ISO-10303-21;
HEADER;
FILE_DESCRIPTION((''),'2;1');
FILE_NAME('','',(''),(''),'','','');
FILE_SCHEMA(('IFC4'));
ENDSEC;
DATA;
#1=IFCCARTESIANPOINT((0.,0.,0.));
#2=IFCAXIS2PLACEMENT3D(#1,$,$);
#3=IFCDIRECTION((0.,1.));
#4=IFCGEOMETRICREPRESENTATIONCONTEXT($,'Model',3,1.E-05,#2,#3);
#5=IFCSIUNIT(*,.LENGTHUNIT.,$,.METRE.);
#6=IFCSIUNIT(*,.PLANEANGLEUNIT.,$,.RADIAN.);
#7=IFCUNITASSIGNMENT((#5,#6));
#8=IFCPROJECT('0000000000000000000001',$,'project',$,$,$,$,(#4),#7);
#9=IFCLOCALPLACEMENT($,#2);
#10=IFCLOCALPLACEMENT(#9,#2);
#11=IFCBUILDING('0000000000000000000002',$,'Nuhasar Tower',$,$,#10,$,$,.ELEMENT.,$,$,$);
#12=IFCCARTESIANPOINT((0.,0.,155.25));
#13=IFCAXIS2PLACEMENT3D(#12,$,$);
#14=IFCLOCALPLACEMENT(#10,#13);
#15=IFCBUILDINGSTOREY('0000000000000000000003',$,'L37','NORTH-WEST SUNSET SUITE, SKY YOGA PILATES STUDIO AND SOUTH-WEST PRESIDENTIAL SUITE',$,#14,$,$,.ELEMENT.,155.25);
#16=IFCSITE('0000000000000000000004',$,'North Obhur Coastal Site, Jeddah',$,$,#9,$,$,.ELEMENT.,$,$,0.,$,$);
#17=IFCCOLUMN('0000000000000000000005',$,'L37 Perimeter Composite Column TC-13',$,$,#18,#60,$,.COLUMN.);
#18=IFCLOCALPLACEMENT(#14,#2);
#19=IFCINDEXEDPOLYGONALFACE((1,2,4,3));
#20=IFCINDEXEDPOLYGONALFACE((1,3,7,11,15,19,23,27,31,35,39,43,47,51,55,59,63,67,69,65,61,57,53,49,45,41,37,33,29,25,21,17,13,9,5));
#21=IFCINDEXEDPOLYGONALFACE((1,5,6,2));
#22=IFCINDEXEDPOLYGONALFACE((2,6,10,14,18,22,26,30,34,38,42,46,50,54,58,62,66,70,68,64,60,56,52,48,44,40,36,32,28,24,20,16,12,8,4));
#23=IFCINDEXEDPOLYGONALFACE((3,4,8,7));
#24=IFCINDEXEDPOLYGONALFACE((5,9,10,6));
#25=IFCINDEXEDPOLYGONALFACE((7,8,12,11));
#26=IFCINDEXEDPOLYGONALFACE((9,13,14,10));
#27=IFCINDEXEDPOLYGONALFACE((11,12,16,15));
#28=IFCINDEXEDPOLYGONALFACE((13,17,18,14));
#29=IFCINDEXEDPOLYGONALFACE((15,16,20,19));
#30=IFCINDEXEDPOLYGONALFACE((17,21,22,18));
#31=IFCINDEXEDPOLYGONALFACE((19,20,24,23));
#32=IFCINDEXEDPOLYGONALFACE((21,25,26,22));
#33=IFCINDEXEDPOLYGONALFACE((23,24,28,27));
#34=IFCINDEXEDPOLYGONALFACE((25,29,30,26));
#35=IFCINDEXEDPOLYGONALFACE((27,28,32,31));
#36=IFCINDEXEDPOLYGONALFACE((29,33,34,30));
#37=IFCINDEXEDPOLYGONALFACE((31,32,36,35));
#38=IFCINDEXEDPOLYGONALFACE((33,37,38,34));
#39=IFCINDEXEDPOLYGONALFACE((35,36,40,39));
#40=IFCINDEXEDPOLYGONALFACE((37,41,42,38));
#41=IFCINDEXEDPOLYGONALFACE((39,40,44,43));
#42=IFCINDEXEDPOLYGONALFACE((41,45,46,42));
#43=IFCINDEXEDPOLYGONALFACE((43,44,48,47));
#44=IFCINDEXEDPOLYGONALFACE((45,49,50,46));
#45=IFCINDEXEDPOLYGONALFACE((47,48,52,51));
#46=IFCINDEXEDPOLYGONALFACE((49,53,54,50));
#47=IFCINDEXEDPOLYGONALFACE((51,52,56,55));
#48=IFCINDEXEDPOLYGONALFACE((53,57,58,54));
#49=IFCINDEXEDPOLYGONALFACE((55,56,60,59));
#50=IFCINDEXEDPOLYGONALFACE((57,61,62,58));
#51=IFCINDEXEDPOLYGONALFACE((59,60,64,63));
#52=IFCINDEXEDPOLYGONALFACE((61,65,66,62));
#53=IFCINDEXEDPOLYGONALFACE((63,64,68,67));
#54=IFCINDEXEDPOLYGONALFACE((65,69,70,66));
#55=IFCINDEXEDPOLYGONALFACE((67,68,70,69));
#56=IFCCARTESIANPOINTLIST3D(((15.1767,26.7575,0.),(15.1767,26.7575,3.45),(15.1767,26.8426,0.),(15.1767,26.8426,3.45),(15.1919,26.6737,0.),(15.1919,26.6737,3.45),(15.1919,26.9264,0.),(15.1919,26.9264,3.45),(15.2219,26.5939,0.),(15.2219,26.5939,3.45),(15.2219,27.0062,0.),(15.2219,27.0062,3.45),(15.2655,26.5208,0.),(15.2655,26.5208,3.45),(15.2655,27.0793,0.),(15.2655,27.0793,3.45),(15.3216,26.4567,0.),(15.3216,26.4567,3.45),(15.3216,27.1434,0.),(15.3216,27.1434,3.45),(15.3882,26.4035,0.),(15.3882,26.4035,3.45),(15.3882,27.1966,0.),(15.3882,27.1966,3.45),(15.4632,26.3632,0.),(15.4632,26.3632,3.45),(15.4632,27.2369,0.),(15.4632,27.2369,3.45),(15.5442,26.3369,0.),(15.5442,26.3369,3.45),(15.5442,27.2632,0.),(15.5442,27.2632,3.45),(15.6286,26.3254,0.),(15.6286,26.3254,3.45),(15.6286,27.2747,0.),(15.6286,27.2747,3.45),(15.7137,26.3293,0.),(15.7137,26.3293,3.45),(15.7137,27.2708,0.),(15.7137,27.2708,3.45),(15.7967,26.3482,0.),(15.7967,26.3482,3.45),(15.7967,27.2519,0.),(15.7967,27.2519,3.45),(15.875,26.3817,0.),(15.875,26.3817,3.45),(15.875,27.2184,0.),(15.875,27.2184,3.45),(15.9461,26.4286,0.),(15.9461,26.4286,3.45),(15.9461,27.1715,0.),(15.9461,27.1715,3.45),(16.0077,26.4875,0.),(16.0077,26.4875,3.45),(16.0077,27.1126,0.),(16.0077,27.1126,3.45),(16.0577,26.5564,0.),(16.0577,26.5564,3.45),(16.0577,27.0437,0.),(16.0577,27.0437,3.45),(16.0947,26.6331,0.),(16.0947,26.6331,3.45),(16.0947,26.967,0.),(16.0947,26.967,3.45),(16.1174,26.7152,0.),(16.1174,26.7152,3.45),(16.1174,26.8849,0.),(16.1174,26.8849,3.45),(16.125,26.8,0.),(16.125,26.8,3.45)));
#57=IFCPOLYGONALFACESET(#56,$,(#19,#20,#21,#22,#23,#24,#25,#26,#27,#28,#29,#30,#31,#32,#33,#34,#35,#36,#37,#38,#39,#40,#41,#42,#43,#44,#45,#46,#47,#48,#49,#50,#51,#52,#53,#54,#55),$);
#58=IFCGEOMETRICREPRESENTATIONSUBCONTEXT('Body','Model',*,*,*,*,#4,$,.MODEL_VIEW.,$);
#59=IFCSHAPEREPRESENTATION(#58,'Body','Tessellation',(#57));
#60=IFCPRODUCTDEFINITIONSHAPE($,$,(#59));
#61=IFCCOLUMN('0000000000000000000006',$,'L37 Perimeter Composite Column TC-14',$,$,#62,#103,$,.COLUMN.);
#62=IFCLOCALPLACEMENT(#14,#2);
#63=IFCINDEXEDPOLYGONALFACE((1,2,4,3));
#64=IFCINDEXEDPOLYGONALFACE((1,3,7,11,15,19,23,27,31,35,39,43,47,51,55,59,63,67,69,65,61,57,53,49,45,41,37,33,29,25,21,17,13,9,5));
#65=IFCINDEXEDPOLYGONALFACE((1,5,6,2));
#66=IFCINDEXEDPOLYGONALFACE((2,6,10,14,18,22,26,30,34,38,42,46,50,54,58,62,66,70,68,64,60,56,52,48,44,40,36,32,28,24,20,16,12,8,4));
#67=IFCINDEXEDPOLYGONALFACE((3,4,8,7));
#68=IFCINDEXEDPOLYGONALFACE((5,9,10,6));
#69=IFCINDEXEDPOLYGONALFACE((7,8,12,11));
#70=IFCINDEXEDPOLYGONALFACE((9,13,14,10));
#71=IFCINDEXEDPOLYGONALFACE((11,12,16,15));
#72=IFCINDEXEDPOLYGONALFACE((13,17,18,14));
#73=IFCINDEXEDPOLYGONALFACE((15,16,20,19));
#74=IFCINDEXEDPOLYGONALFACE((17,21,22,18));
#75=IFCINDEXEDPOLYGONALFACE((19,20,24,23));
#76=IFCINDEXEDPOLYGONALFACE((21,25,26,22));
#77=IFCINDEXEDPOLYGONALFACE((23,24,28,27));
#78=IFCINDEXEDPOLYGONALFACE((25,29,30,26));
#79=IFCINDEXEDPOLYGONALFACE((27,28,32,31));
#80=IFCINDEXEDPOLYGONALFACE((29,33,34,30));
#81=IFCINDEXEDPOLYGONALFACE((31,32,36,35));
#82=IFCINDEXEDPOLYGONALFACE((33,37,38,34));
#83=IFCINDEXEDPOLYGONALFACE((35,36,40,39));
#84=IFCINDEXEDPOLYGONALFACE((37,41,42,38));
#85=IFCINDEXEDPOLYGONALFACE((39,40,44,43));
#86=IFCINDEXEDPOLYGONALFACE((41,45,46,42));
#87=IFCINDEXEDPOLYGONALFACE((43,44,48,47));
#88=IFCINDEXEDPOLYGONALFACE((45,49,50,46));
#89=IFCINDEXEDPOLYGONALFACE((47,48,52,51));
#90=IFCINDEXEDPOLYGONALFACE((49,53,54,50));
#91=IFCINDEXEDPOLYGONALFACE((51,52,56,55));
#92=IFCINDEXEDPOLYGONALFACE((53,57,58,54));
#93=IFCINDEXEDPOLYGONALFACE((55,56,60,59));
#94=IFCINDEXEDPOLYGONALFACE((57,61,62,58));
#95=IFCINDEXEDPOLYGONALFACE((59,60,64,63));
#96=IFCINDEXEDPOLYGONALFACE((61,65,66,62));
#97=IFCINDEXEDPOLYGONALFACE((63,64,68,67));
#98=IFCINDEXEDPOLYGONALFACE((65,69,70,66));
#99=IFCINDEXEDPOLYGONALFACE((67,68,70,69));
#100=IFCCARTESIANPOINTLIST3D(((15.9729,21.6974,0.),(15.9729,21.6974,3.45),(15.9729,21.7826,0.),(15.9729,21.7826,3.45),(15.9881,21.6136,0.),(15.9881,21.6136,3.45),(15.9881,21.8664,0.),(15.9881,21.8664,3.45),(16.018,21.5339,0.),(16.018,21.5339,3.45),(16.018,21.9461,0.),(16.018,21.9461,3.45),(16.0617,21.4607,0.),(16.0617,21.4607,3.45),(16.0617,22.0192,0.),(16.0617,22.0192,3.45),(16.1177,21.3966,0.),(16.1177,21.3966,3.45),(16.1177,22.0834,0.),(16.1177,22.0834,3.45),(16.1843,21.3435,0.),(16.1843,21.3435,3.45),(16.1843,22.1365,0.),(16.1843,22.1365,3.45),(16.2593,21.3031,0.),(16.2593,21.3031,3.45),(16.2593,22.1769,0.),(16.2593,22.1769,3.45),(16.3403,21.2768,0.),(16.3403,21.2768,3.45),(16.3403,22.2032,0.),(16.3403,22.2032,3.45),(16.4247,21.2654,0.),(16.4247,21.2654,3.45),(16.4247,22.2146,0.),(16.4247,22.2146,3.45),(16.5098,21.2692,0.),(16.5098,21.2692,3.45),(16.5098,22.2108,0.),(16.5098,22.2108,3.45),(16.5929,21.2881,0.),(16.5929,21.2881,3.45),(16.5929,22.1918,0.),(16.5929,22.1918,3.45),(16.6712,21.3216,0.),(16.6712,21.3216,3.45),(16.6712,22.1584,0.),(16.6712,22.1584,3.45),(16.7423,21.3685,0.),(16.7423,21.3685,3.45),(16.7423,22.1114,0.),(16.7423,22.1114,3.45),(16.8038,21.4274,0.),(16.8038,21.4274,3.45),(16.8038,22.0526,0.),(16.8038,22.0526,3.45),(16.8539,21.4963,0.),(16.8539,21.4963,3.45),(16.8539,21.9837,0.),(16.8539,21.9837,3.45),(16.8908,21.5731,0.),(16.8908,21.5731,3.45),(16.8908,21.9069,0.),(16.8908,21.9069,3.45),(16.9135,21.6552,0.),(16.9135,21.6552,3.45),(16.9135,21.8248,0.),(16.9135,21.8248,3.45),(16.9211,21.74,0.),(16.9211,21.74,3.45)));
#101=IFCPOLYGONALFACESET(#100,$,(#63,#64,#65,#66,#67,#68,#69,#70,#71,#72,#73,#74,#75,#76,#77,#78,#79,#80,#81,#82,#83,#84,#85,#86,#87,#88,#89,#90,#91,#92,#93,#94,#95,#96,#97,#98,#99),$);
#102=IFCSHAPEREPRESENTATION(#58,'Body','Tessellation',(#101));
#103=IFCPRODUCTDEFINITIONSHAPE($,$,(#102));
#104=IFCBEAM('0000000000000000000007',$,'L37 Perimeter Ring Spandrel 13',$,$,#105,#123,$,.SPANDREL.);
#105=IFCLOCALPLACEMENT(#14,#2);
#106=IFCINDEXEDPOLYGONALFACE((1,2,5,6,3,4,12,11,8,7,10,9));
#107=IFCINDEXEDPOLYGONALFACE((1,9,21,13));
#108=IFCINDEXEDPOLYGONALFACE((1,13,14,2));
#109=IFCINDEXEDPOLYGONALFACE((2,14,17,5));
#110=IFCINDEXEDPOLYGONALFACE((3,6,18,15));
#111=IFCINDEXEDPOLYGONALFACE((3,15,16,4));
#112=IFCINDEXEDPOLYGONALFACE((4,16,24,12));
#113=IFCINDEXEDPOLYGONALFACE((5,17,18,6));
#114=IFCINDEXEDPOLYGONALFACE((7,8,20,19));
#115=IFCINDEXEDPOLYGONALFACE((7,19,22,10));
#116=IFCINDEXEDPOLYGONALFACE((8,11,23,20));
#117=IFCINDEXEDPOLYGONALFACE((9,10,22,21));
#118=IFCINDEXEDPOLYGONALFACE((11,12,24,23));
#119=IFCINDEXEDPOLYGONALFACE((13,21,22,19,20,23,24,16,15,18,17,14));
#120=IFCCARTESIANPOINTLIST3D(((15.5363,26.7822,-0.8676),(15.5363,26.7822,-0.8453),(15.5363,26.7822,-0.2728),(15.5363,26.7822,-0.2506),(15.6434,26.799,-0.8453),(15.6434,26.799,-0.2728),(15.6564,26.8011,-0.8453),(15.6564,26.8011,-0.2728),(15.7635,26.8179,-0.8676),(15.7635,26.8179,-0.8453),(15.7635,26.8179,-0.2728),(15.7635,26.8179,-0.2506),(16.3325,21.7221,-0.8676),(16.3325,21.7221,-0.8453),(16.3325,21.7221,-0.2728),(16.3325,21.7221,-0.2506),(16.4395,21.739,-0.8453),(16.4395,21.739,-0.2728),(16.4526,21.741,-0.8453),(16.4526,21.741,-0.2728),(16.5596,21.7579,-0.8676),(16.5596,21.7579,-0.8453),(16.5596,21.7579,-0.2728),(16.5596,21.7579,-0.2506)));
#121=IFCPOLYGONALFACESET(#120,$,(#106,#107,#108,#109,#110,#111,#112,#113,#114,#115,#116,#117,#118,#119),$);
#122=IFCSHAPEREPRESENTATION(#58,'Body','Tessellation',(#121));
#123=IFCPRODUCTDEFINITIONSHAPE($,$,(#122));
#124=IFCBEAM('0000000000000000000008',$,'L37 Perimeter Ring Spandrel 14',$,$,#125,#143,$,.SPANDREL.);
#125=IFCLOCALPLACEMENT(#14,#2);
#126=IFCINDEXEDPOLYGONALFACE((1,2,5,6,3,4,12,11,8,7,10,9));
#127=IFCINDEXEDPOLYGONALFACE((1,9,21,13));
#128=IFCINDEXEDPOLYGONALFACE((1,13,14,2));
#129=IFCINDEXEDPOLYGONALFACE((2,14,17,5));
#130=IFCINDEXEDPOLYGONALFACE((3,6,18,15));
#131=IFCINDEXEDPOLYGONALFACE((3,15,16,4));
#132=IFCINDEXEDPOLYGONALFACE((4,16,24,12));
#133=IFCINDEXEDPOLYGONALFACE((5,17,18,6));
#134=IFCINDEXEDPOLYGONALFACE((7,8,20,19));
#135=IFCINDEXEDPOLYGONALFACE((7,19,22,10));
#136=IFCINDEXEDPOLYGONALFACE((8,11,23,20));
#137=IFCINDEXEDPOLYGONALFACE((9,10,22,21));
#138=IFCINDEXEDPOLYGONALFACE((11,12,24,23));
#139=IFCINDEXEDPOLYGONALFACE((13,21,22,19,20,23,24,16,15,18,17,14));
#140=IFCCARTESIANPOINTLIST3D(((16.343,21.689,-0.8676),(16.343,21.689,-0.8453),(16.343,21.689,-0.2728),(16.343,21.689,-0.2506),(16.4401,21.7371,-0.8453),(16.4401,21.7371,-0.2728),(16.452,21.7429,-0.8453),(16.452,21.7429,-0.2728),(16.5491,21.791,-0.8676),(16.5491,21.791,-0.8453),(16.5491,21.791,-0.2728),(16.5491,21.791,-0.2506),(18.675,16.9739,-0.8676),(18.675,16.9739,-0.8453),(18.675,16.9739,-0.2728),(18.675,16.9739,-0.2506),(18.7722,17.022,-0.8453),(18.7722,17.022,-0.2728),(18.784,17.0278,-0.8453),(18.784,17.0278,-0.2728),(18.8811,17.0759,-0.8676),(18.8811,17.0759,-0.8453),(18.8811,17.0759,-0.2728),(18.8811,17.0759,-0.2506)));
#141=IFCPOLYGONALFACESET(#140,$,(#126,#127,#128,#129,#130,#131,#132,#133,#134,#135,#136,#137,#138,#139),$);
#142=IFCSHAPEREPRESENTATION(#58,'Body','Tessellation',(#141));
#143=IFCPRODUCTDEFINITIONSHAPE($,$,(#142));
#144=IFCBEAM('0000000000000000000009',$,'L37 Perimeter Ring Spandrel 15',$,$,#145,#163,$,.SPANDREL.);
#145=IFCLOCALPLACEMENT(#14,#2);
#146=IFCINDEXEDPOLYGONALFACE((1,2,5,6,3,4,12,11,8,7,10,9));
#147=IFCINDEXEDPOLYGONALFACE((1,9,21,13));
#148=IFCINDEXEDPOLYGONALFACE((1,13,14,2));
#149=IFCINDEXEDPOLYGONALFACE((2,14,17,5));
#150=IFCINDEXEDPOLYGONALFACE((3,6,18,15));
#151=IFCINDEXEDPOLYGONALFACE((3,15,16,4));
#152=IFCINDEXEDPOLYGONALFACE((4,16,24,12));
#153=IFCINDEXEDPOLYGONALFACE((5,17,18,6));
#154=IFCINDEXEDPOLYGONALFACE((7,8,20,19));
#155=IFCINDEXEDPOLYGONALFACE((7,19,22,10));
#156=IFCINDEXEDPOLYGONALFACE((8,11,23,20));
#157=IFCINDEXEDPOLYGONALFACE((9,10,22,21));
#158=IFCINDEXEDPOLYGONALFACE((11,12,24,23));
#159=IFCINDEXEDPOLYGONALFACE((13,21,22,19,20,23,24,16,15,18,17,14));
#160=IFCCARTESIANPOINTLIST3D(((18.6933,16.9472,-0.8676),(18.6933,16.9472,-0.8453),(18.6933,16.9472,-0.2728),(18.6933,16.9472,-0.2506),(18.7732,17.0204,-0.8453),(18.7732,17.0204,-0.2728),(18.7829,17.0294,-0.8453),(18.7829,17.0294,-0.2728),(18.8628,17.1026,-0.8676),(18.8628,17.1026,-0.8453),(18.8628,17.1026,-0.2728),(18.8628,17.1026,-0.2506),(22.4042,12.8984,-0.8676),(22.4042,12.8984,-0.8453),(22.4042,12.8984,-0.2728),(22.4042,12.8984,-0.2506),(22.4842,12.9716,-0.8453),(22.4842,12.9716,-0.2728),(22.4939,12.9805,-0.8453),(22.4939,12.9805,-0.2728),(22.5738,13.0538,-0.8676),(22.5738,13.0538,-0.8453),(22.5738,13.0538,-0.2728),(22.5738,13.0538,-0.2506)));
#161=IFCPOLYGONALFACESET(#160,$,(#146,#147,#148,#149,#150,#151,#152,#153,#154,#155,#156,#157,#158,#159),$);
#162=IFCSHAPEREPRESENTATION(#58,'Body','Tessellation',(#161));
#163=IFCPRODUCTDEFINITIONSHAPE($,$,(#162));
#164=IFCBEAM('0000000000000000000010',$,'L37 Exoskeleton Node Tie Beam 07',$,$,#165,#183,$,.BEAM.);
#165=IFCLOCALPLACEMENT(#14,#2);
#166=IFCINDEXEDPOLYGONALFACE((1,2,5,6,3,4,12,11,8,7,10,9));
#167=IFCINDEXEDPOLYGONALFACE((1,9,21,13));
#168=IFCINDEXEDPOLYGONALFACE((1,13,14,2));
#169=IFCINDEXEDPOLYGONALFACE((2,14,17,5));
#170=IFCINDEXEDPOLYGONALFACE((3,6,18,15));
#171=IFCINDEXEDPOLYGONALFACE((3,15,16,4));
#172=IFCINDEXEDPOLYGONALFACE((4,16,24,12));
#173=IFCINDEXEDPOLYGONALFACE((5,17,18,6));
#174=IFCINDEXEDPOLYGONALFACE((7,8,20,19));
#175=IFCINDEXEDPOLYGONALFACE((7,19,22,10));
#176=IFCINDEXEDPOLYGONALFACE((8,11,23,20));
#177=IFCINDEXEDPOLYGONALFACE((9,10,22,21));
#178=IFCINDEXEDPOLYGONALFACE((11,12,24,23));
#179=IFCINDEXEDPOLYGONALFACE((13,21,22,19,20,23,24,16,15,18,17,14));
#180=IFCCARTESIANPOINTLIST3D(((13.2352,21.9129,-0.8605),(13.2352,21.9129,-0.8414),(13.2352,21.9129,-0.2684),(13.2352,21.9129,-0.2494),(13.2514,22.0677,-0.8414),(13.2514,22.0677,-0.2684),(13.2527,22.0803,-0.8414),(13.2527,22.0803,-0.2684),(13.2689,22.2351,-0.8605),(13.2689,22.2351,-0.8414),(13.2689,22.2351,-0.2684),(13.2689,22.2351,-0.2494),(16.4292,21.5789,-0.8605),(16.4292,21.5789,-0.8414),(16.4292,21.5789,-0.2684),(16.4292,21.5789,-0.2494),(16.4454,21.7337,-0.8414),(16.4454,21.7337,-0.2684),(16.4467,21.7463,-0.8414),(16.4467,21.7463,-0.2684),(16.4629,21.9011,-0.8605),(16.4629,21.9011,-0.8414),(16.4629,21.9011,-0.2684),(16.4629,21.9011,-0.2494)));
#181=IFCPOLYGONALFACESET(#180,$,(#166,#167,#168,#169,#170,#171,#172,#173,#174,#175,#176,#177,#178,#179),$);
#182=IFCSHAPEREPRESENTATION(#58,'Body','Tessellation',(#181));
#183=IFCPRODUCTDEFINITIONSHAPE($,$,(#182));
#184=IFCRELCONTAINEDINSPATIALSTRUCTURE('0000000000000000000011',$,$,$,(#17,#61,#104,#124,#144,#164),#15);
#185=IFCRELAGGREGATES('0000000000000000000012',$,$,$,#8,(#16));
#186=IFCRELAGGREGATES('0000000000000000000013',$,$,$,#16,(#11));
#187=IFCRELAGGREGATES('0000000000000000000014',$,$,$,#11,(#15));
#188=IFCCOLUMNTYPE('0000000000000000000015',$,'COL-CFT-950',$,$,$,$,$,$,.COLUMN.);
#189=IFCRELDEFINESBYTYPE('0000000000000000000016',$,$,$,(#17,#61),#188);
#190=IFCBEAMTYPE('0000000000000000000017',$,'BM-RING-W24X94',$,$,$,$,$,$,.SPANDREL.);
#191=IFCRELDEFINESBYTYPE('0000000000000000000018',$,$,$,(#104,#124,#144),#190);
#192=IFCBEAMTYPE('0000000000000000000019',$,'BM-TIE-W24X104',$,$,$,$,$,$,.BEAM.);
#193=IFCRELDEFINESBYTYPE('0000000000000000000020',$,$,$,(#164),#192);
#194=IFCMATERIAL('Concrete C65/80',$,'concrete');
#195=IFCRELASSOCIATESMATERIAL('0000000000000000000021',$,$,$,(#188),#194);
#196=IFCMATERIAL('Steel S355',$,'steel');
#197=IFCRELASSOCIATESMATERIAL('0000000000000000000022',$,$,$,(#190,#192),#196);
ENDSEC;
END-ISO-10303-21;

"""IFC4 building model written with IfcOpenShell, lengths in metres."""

from ifc_helpers import new_model, si_unit, direction, frame, origin, origin_2d, place, context, subcontext, project, spatial, circle, i_section, extrude, material, material_profile, profile_set, type_object, element, save


model = new_model("IFC4")

# Units and contexts
model_context = context("Model", 3, precision=1e-05, world=origin(), true_north=direction((0.0, 1.0)))
body_context = subcontext(model_context, "Body", "Model", "MODEL_VIEW")
ifc_project = project(units=[si_unit("LENGTHUNIT", "METRE"), si_unit("PLANEANGLEUNIT", "RADIAN")], contexts=[model_context])

# Site, building, storey
site_placement = place(None, origin())
site = spatial("IfcSite", under=ifc_project, at=site_placement, Name="North Obhur Coastal Site, Jeddah", CompositionType="ELEMENT", RefElevation=0.0)
building_placement = place(site_placement, origin())
building = spatial("IfcBuilding", under=site, at=building_placement, Name="Nuhasar Tower", CompositionType="ELEMENT")
storey_placement = place(building_placement, frame((0.0, 0.0, 155.25)))
storey = spatial("IfcBuildingStorey", under=building, at=storey_placement, Name="L37", Description="NORTH-WEST SUNSET SUITE, SKY YOGA PILATES STUDIO AND SOUTH-WEST PRESIDENTIAL SUITE", CompositionType="ELEMENT", Elevation=155.25)

# Columns
ifc_material_1 = material(Name="Concrete C65/80", Category="concrete")
ifc_material_profile_1 = material_profile(ifc_material_1, circle(Radius=0.4751, at=origin_2d()), Name="CFT950")
ifc_profile_set_1 = profile_set([ifc_material_profile_1], Name="Concrete C65/80")
column_type = type_object("IfcColumnType", Name="COL-CFT-950", PredefinedType="COLUMN", material=ifc_profile_set_1)
for number, where, z_axis, x_axis, name in (
    (1, (15.6499, 26.8, 0.0), (0.0, 0.0, 1.0), (1.0, 0.0, 0.0), "L37 Perimeter Composite Column TC-13"),
    (2, (16.446, 21.74, 0.0), (0.0, 0.0, 1.0), (1.0, 0.0, 0.0), "L37 Perimeter Composite Column TC-14"),
):
    element("IfcColumn", number, at=place(storey_placement, frame(where, z_axis=z_axis, x_axis=x_axis)), inside=storey, type_object=column_type, Name=name, PredefinedType="COLUMN", context=body_context, shape_type="SweptSolid", body=[
        extrude(circle(Radius=0.4751, at=origin_2d()), origin(), (0.0, 0.0, 1.0), 3.45),
    ])

# Beams
ifc_material_2 = material(Name="Steel S355", Category="steel")
ifc_material_profile_2 = material_profile(ifc_material_2, i_section(OverallWidth=0.23, OverallDepth=0.6169, WebThickness=0.0132, FlangeThickness=0.0222, at=origin_2d()), Name="W24X94")
ifc_profile_set_2 = profile_set([ifc_material_profile_2], Name="Steel S355")
beam_type_1 = type_object("IfcBeamType", Name="BM-RING-W24X94", PredefinedType="SPANDREL", material=ifc_profile_set_2)
beam_1_placement = place(storey_placement, frame((15.6499, 26.8, -0.5591), z_axis=(0.155427, -0.987847, 0.0), x_axis=(0.987847, 0.155427, 0.0)))
element("IfcBeam", 3, at=beam_1_placement, inside=storey, type_object=beam_type_1, Name="L37 Perimeter Ring Spandrel 13", PredefinedType="SPANDREL", context=body_context, shape_type="SweptSolid", body=[
    extrude(i_section(OverallWidth=0.23, OverallDepth=0.6169, WebThickness=0.0132, FlangeThickness=0.0222, at=origin_2d()), origin(), (0.0, 0.0, 1.0), 5.1223),
])
beam_2_placement = place(storey_placement, frame((16.446, 21.74, -0.5591), z_axis=(0.443329, -0.896359, 0.0), x_axis=(0.896359, 0.443329, 0.0)))
element("IfcBeam", 4, at=beam_2_placement, inside=storey, type_object=beam_type_1, Name="L37 Perimeter Ring Spandrel 14", PredefinedType="SPANDREL", context=body_context, shape_type="SweptSolid", body=[
    extrude(i_section(OverallWidth=0.23, OverallDepth=0.6169, WebThickness=0.0132, FlangeThickness=0.0222, at=origin_2d()), origin(), (0.0, 0.0, 1.0), 5.2603),
])
beam_3_placement = place(storey_placement, frame((18.7781, 17.0249, -0.5591), z_axis=(0.675676, -0.737198, 0.0), x_axis=(0.737198, 0.675676, 0.0)))
element("IfcBeam", 5, at=beam_3_placement, inside=storey, type_object=beam_type_1, Name="L37 Perimeter Ring Spandrel 15", PredefinedType="SPANDREL", context=body_context, shape_type="SweptSolid", body=[
    extrude(i_section(OverallWidth=0.23, OverallDepth=0.6169, WebThickness=0.0132, FlangeThickness=0.0222, at=origin_2d()), origin(), (0.0, 0.0, 1.0), 5.4922),
])
ifc_material_profile_3 = material_profile(ifc_material_2, i_section(OverallWidth=0.324, OverallDepth=0.6111, WebThickness=0.0127, FlangeThickness=0.019, at=origin_2d()), Name="W24X104")
ifc_profile_set_3 = profile_set([ifc_material_profile_3], Name="Steel S355")
beam_type_2 = type_object("IfcBeamType", Name="BM-TIE-W24X104", PredefinedType="BEAM", material=ifc_profile_set_3)
beam_4_placement = place(storey_placement, frame((16.446, 21.74, -0.5549), z_axis=(-0.994578, 0.103996, 0.0), x_axis=(-0.103996, -0.994578, 0.0)))
element("IfcBeam", 6, at=beam_4_placement, inside=storey, type_object=beam_type_2, Name="L37 Exoskeleton Node Tie Beam 07", PredefinedType="BEAM", context=body_context, shape_type="SweptSolid", body=[
    extrude(i_section(OverallWidth=0.324, OverallDepth=0.6111, WebThickness=0.0127, FlangeThickness=0.019, at=origin_2d()), origin(), (0.0, 0.0, 1.0), 3.2114),
])

save(model, "model.ifc")
